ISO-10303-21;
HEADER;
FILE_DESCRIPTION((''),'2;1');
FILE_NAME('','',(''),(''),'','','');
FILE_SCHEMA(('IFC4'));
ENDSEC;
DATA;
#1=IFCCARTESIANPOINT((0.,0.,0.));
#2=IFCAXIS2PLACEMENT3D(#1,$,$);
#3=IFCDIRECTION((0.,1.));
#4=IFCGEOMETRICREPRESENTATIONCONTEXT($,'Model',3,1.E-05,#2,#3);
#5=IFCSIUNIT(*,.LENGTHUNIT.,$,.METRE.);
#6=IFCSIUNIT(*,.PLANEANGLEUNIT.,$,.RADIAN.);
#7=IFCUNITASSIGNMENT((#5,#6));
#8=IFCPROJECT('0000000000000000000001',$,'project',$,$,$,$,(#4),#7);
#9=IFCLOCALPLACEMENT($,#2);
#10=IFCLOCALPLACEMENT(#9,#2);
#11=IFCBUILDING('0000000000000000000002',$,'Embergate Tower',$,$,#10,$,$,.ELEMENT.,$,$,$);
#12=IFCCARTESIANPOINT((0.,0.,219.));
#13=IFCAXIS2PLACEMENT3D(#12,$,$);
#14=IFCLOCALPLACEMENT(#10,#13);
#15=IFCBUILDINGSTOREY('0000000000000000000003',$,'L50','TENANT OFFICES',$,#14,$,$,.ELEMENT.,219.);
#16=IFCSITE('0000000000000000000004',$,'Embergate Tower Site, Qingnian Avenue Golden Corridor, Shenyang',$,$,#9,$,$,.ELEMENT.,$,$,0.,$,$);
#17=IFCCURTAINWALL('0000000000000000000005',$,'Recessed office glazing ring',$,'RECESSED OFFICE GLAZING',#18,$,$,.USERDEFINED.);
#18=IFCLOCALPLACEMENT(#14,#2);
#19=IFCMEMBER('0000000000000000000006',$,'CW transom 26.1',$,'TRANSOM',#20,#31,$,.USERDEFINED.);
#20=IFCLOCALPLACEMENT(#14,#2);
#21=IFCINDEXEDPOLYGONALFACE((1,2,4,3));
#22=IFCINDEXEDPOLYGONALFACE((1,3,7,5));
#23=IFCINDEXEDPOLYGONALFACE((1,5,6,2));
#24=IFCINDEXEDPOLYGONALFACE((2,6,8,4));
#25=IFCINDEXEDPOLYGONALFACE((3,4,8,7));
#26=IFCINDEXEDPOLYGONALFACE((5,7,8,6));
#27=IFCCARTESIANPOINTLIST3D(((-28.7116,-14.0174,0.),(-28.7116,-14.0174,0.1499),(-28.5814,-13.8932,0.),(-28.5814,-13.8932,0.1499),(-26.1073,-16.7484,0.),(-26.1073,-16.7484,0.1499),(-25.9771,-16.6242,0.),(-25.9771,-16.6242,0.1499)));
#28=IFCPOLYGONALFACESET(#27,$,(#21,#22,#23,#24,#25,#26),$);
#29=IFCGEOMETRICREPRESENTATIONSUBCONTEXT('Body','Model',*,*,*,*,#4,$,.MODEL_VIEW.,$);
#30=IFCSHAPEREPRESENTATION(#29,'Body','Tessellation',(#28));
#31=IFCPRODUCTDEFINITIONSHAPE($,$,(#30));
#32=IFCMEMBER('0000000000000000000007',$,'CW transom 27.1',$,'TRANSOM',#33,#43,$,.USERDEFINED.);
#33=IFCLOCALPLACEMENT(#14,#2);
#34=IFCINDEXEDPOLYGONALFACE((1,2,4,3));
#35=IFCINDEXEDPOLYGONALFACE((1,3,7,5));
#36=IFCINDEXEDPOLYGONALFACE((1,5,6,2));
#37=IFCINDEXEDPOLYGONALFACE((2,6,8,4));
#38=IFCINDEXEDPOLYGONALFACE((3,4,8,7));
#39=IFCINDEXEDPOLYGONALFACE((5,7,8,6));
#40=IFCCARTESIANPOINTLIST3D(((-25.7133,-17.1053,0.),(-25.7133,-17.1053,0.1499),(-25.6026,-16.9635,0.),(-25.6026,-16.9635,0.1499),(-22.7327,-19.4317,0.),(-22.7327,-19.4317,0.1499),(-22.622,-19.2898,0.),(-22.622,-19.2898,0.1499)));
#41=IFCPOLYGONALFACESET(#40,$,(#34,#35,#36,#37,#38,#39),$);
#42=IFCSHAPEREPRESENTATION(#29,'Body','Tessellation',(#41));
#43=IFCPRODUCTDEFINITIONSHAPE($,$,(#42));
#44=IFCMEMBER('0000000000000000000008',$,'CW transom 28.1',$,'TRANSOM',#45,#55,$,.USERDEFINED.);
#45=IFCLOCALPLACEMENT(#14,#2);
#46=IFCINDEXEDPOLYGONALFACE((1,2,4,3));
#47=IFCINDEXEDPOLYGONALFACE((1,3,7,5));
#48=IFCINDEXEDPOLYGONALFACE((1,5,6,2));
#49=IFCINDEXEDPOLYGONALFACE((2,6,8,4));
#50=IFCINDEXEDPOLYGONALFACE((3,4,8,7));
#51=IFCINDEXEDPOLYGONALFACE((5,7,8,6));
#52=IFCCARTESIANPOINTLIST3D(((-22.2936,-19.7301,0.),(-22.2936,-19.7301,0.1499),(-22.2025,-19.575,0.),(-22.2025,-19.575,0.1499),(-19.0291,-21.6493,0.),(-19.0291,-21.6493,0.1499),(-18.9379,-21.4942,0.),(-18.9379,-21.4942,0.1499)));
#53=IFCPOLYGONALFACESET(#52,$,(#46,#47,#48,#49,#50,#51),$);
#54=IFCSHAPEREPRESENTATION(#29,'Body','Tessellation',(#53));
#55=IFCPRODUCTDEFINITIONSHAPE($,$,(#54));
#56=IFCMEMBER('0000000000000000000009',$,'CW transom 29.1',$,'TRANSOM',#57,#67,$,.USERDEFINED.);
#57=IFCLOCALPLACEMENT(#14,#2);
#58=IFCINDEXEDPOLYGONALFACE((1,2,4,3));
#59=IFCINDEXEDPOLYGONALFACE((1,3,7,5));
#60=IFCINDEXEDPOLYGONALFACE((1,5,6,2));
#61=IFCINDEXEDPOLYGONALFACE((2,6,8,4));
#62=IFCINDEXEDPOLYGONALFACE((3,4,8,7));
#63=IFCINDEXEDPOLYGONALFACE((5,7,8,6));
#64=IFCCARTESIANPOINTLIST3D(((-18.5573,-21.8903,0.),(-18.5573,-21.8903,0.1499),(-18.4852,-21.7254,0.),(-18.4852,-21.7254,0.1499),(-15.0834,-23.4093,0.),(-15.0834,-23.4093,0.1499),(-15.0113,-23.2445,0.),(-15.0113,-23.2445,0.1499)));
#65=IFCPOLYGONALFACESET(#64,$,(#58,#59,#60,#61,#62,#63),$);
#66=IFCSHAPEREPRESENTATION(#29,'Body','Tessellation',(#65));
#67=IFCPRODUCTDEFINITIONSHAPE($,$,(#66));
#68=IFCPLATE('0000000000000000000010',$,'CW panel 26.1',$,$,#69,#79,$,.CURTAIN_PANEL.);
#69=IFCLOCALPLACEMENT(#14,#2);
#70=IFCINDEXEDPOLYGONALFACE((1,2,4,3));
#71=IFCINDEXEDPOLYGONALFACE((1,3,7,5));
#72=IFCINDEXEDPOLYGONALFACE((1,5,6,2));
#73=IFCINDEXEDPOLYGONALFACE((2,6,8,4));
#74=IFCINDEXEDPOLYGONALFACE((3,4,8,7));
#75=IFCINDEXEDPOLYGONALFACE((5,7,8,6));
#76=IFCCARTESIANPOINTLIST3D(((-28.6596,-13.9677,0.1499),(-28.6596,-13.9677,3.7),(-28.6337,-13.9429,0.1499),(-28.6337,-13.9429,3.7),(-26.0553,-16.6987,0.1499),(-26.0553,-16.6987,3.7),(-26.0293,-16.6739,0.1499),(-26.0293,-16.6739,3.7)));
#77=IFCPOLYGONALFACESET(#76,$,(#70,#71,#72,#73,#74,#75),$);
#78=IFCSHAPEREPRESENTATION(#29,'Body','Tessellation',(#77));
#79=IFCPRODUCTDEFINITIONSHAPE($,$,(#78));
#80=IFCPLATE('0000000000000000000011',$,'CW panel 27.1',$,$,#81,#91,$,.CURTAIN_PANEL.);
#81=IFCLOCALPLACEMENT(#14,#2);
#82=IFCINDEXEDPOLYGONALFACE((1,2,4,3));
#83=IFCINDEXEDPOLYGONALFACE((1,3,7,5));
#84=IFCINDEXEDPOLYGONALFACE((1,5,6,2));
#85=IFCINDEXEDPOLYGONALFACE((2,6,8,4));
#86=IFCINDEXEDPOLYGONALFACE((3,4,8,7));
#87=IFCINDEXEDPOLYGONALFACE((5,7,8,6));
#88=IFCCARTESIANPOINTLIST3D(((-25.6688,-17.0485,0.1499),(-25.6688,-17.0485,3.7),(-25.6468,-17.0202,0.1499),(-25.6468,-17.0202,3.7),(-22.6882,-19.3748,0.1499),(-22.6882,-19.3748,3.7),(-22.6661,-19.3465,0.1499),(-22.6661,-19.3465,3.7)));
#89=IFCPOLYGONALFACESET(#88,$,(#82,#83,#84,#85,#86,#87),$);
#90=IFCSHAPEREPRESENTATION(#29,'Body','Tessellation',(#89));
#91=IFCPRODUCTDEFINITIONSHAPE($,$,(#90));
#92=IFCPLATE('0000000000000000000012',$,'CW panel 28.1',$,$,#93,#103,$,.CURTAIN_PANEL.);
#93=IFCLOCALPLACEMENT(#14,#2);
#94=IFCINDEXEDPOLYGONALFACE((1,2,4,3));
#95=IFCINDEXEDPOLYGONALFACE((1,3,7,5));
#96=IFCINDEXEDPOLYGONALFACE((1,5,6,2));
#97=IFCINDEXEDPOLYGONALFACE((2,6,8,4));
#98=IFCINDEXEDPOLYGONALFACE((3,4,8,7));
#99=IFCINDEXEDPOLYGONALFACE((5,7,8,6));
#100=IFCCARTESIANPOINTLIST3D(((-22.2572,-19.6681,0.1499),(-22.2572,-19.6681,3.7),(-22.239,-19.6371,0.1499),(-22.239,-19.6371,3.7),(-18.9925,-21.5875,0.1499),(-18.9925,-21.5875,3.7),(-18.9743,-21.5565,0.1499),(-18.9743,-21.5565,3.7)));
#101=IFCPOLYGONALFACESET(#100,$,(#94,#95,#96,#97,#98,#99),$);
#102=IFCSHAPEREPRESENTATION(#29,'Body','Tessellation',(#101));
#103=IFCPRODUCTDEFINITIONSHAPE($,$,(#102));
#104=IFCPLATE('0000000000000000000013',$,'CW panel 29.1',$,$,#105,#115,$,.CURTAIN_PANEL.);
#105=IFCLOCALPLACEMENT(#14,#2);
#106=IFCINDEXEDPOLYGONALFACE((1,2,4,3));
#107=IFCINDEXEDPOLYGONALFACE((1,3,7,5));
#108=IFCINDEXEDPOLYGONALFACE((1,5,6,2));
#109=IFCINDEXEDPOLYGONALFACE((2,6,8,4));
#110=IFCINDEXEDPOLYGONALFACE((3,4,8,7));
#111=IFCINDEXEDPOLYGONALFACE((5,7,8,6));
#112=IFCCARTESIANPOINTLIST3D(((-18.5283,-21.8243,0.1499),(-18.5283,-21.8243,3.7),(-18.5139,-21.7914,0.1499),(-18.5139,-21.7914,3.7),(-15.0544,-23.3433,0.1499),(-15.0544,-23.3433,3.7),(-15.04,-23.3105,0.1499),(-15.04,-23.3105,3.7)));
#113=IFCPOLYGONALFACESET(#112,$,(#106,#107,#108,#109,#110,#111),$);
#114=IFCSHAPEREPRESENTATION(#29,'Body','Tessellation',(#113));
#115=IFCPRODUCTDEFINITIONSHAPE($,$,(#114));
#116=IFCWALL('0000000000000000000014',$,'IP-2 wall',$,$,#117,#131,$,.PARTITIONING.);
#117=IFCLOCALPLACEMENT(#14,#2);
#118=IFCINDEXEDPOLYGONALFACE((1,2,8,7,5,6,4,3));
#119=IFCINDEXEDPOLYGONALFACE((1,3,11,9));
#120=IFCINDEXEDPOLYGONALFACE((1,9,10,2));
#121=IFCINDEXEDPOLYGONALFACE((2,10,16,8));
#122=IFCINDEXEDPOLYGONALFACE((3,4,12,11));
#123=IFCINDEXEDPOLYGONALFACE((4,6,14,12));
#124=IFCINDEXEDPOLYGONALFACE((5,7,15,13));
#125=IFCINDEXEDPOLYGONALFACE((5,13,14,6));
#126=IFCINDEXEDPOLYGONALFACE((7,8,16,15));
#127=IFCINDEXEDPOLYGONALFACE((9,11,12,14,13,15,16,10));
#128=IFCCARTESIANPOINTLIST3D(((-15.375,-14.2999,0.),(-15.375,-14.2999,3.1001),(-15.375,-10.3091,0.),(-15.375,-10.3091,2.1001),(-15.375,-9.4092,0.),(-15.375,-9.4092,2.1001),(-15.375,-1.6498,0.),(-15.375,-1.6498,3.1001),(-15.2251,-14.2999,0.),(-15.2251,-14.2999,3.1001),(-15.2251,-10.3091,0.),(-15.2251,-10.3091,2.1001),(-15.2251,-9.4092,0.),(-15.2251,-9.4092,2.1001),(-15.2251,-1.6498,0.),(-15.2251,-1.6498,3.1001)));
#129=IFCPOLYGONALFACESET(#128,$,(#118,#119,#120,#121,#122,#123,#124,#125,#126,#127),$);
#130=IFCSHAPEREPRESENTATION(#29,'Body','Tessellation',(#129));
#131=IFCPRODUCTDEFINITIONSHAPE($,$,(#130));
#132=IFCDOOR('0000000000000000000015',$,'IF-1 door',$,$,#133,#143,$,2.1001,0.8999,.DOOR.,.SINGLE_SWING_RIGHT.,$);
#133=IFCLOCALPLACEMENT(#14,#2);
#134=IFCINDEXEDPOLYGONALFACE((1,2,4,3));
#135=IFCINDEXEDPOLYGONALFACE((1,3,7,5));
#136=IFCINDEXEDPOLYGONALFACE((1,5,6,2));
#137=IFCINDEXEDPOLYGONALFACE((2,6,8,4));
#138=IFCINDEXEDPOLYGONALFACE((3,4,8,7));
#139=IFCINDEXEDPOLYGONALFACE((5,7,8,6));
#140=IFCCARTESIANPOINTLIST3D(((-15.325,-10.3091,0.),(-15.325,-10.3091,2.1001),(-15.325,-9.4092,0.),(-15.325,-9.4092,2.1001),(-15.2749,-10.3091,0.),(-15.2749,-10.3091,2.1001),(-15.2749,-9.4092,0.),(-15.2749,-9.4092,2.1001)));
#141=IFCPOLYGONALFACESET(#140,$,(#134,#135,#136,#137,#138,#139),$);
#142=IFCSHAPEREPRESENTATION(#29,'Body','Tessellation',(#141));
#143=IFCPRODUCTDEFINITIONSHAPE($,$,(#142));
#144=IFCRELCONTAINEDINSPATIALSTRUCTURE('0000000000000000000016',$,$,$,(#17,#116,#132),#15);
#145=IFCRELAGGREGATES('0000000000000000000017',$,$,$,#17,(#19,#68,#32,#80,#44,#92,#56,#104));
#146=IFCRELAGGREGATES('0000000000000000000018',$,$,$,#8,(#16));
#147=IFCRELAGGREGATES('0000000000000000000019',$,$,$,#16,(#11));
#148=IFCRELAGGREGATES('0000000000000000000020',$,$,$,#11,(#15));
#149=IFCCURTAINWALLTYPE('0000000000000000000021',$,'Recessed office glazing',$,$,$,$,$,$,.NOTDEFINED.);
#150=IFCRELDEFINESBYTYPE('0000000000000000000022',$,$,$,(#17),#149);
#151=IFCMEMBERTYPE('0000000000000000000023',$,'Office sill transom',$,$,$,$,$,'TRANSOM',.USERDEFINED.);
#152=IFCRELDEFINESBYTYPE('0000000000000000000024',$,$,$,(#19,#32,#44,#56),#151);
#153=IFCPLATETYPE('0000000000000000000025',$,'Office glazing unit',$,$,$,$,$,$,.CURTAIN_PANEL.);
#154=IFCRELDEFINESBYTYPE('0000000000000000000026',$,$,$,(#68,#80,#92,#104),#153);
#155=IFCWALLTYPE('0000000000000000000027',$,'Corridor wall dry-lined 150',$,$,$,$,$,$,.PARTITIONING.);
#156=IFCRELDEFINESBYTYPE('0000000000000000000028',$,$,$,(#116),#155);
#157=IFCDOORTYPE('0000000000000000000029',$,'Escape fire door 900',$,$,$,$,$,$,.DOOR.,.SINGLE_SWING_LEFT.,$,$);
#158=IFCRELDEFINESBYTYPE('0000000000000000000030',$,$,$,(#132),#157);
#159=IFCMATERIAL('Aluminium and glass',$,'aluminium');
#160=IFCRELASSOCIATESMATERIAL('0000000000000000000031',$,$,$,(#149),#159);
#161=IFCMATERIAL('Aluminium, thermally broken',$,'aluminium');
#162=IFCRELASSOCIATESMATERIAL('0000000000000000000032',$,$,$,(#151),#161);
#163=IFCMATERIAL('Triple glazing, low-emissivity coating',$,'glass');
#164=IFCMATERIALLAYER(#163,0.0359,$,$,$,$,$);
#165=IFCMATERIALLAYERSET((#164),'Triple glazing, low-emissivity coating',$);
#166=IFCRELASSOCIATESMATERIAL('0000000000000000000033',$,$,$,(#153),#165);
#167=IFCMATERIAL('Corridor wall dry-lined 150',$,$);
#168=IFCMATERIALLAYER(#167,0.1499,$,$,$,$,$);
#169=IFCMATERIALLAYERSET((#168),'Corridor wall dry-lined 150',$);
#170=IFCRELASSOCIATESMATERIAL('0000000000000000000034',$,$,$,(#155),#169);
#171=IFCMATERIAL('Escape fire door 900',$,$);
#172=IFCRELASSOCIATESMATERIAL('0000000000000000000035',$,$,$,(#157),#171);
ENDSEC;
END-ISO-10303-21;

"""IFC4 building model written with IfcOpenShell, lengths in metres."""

from ifc_helpers import new_model, si_unit, direction, frame, frame_2d, origin, origin_2d, place, context, subcontext, project, spatial, rectangle, extrude, source, transform, mapped, material, layer, layer_set, material_profile, profile_set, type_object, element, fill, aggregate, save


model = new_model("IFC4")

# Units and contexts
model_context = context("Model", 3, precision=1e-05, world=origin(), true_north=direction((0.0, 1.0)))
body_context = subcontext(model_context, "Body", "Model", "MODEL_VIEW")
ifc_project = project(units=[si_unit("LENGTHUNIT", "METRE"), si_unit("PLANEANGLEUNIT", "RADIAN")], contexts=[model_context])

# Site, building, storey
site_placement = place(None, origin())
site = spatial("IfcSite", under=ifc_project, at=site_placement, Name="Embergate Tower Site, Qingnian Avenue Golden Corridor, Shenyang", CompositionType="ELEMENT", RefElevation=0.0)
building_placement = place(site_placement, origin())
building = spatial("IfcBuilding", under=site, at=building_placement, Name="Embergate Tower", CompositionType="ELEMENT")
storey_placement = place(building_placement, frame((0.0, 0.0, 219.0)))
storey = spatial("IfcBuildingStorey", under=building, at=storey_placement, Name="L50", Description="TENANT OFFICES", CompositionType="ELEMENT", Elevation=219.0)

# Curtain wall, members, plates
ifc_material_1 = material(Name="Aluminium and glass", Category="aluminium")
curtain_wall_type = type_object("IfcCurtainWallType", Name="Recessed office glazing", PredefinedType="NOTDEFINED", material=ifc_material_1)
curtain_wall_placement = place(storey_placement, origin())
curtain_wall = element("IfcCurtainWall", 1, at=curtain_wall_placement, inside=storey, type_object=curtain_wall_type, Name="Recessed office glazing ring", ObjectType="RECESSED OFFICE GLAZING", PredefinedType="USERDEFINED")
ifc_material_2 = material(Name="Aluminium, thermally broken", Category="aluminium")
ifc_material_profile_1 = material_profile(ifc_material_2, rectangle(XDim=0.1799, YDim=0.1499, at=origin_2d()), Name="AL 150x180")
ifc_profile_set_1 = profile_set([ifc_material_profile_1], Name="Aluminium, thermally broken")
member_type_1 = type_object("IfcMemberType", Name="Office sill transom", ElementType="TRANSOM", PredefinedType="USERDEFINED", material=ifc_profile_set_1)
shared_shape_1 = source(origin(), body_context, "Body", "SweptSolid", [
    extrude(rectangle(XDim=0.1799, YDim=0.1499, at=origin_2d()), origin(), (0.0, 0.0, 1.0), 3.7737),
])
member_1_placement = place(storey_placement, frame((-28.6465, -13.9553, 0.075), z_axis=(0.690119, -0.723696, 0.0), x_axis=(0.723696, 0.690119, 0.0)))
member_1 = element("IfcMember", 2, at=member_1_placement, type_object=member_type_1, Name="CW transom 26.1", ObjectType="TRANSOM", PredefinedType="USERDEFINED", context=body_context, shape_type="MappedRepresentation", body=[
    mapped(shared_shape_1, transform((0.0, 0.0, 0.0))),
])
shared_shape_2 = source(origin(), body_context, "Body", "SweptSolid", [
    extrude(rectangle(XDim=0.1799, YDim=0.1499, at=origin_2d()), origin(), (0.0, 0.0, 1.0), 3.781),
])
member_2_placement = place(storey_placement, frame((-25.658, -17.0344, 0.075), z_axis=(0.788315, -0.615272, 0.0), x_axis=(0.615272, 0.788315, 0.0)))
member_2 = element("IfcMember", 3, at=member_2_placement, type_object=member_type_1, Name="CW transom 27.1", ObjectType="TRANSOM", PredefinedType="USERDEFINED", context=body_context, shape_type="MappedRepresentation", body=[
    mapped(shared_shape_2, transform((0.0, 0.0, 0.0))),
])
shared_shape_3 = source(origin(), body_context, "Body", "SweptSolid", [
    extrude(rectangle(XDim=0.1799, YDim=0.1499, at=origin_2d()), origin(), (0.0, 0.0, 1.0), 3.7869),
])
member_3_placement = place(storey_placement, frame((-22.248, -19.6526, 0.075), z_axis=(0.862072, -0.506786, 0.0), x_axis=(0.506786, 0.862072, 0.0)))
member_3 = element("IfcMember", 4, at=member_3_placement, type_object=member_type_1, Name="CW transom 28.1", ObjectType="TRANSOM", PredefinedType="USERDEFINED", context=body_context, shape_type="MappedRepresentation", body=[
    mapped(shared_shape_3, transform((0.0, 0.0, 0.0))),
])
shared_shape_4 = source(origin(), body_context, "Body", "SweptSolid", [
    extrude(rectangle(XDim=0.1799, YDim=0.1499, at=origin_2d()), origin(), (0.0, 0.0, 1.0), 3.7915),
])
member_4_placement = place(storey_placement, frame((-18.5212, -21.8079, 0.075), z_axis=(0.916233, -0.400647, 0.0), x_axis=(0.400647, 0.916233, 0.0)))
member_4 = element("IfcMember", 5, at=member_4_placement, type_object=member_type_1, Name="CW transom 29.1", ObjectType="TRANSOM", PredefinedType="USERDEFINED", context=body_context, shape_type="MappedRepresentation", body=[
    mapped(shared_shape_4, transform((0.0, 0.0, 0.0))),
])
ifc_material_3 = material(Name="Triple glazing, low-emissivity coating", Category="glass")
ifc_layer_1 = layer(ifc_material_3, 0.0359)
ifc_layer_set_1 = layer_set([ifc_layer_1], Name="Triple glazing, low-emissivity coating")
plate_type = type_object("IfcPlateType", Name="Office glazing unit", PredefinedType="CURTAIN_PANEL", material=ifc_layer_set_1)
shared_shape_5 = source(origin(), body_context, "Body", "SweptSolid", [
    extrude(rectangle(XDim=3.7737, YDim=0.0359, at=origin_2d()), origin(), (0.0, 0.0, 1.0), 3.55),
])
plate_1_placement = place(storey_placement, frame((-27.3445, -15.3208, 0.1499), z_axis=(0.0, 0.0, 1.0), x_axis=(0.69013, -0.723685, 0.0)))
plate_1 = element("IfcPlate", 6, at=plate_1_placement, type_object=plate_type, Name="CW panel 26.1", PredefinedType="CURTAIN_PANEL", context=body_context, shape_type="MappedRepresentation", body=[
    mapped(shared_shape_5, transform((0.0, 0.0, 0.0))),
])
shared_shape_6 = source(origin(), body_context, "Body", "SweptSolid", [
    extrude(rectangle(XDim=3.781, YDim=0.0359, at=origin_2d()), origin(), (0.0, 0.0, 1.0), 3.55),
])
plate_2_placement = place(storey_placement, frame((-24.1675, -18.1975, 0.1499), z_axis=(0.0, 0.0, 1.0), x_axis=(0.788317, -0.615269, 0.0)))
plate_2 = element("IfcPlate", 7, at=plate_2_placement, type_object=plate_type, Name="CW panel 27.1", PredefinedType="CURTAIN_PANEL", context=body_context, shape_type="MappedRepresentation", body=[
    mapped(shared_shape_6, transform((0.0, 0.0, 0.0))),
])
shared_shape_7 = source(origin(), body_context, "Body", "SweptSolid", [
    extrude(rectangle(XDim=3.7871, YDim=0.0359, at=origin_2d()), origin(), (0.0, 0.0, 1.0), 3.55),
])
plate_3_placement = place(storey_placement, frame((-20.6157, -20.6123, 0.1499), z_axis=(0.0, 0.0, 1.0), x_axis=(0.862051, -0.506822, 0.0)))
plate_3 = element("IfcPlate", 8, at=plate_3_placement, type_object=plate_type, Name="CW panel 28.1", PredefinedType="CURTAIN_PANEL", context=body_context, shape_type="MappedRepresentation", body=[
    mapped(shared_shape_7, transform((0.0, 0.0, 0.0))),
])
shared_shape_8 = source(origin(), body_context, "Body", "SweptSolid", [
    extrude(rectangle(XDim=3.7915, YDim=0.0359, at=origin_2d()), origin(), (0.0, 0.0, 1.0), 3.55),
])
plate_4_placement = place(storey_placement, frame((-16.7842, -22.5674, 0.1499), z_axis=(0.0, 0.0, 1.0), x_axis=(0.916234, -0.400643, 0.0)))
plate_4 = element("IfcPlate", 9, at=plate_4_placement, type_object=plate_type, Name="CW panel 29.1", PredefinedType="CURTAIN_PANEL", context=body_context, shape_type="MappedRepresentation", body=[
    mapped(shared_shape_8, transform((0.0, 0.0, 0.0))),
])
aggregate(curtain_wall, [member_1, plate_1, member_2, plate_2, member_3, plate_3, member_4, plate_4])

# Wall, opening, door
ifc_material_4 = material(Name="Corridor wall dry-lined 150")
ifc_layer_2 = layer(ifc_material_4, 0.1499)
ifc_layer_set_2 = layer_set([ifc_layer_2], Name="Corridor wall dry-lined 150")
wall_type_1 = type_object("IfcWallType", Name="Corridor wall dry-lined 150", PredefinedType="PARTITIONING", material=ifc_layer_set_2)
shared_shape_9 = source(origin(), body_context, "Body", "SweptSolid", [
    extrude(rectangle(XDim=12.6501, YDim=0.1499, at=frame_2d((6.3252, 0.0))), origin(), (0.0, 0.0, 1.0), 3.1001),
])
wall_1_placement = place(storey_placement, frame((-15.3, -14.3, 0.0), z_axis=(0.0, 0.0, 1.0), x_axis=(0.0, 1.0, 0.0)))
wall_1 = element("IfcWall", 10, at=wall_1_placement, inside=storey, type_object=wall_type_1, Name="IP-2 wall", PredefinedType="PARTITIONING", context=body_context, shape_type="MappedRepresentation", body=[
    mapped(shared_shape_9, transform((0.0, 0.0, 0.0))),
])
shared_shape_10 = source(origin(), body_context, "Body", "SweptSolid", [
    extrude(rectangle(XDim=0.8999, YDim=2.1001, at=frame_2d((0.45, 1.05))), frame((0.0, 0.085, 0.0), z_axis=(0.0, -1.0, 0.0), x_axis=(1.0, 0.0, 0.0)), (0.0, 0.0, 1.0), 0.1699),
])
opening_1_placement = place(wall_1_placement, frame((3.991, 0.0, 0.0)))
opening_1 = element("IfcOpeningElement", 11, at=opening_1_placement, cuts=wall_1, PredefinedType="OPENING", context=body_context, shape_type="MappedRepresentation", body=[
    mapped(shared_shape_10, transform((0.0, 0.0, 0.0))),
])
ifc_material_5 = material(Name="Escape fire door 900")
door_type_1 = type_object("IfcDoorType", Name="Escape fire door 900", OperationType="SINGLE_SWING_LEFT", PredefinedType="DOOR", material=ifc_material_5)
shared_shape_11 = source(origin(), body_context, "Body", "SweptSolid", [
    extrude(rectangle(XDim=0.8999, YDim=2.1001, at=frame_2d((0.45, 1.05))), frame((0.0, 0.0249, 0.0), z_axis=(0.0, -1.0, 0.0), x_axis=(1.0, 0.0, 0.0)), (0.0, 0.0, 1.0), 0.05),
])
door_1_placement = place(opening_1_placement, origin())
door_1 = element("IfcDoor", 12, at=door_1_placement, inside=storey, type_object=door_type_1, Name="IF-1 door", OperationType="SINGLE_SWING_RIGHT", OverallHeight=2.1001, OverallWidth=0.8999, PredefinedType="DOOR", context=body_context, shape_type="MappedRepresentation", body=[
    mapped(shared_shape_11, transform((0.0, 0.0, 0.0))),
])
fill(opening_1, door_1)

save(model, "model.ifc")
